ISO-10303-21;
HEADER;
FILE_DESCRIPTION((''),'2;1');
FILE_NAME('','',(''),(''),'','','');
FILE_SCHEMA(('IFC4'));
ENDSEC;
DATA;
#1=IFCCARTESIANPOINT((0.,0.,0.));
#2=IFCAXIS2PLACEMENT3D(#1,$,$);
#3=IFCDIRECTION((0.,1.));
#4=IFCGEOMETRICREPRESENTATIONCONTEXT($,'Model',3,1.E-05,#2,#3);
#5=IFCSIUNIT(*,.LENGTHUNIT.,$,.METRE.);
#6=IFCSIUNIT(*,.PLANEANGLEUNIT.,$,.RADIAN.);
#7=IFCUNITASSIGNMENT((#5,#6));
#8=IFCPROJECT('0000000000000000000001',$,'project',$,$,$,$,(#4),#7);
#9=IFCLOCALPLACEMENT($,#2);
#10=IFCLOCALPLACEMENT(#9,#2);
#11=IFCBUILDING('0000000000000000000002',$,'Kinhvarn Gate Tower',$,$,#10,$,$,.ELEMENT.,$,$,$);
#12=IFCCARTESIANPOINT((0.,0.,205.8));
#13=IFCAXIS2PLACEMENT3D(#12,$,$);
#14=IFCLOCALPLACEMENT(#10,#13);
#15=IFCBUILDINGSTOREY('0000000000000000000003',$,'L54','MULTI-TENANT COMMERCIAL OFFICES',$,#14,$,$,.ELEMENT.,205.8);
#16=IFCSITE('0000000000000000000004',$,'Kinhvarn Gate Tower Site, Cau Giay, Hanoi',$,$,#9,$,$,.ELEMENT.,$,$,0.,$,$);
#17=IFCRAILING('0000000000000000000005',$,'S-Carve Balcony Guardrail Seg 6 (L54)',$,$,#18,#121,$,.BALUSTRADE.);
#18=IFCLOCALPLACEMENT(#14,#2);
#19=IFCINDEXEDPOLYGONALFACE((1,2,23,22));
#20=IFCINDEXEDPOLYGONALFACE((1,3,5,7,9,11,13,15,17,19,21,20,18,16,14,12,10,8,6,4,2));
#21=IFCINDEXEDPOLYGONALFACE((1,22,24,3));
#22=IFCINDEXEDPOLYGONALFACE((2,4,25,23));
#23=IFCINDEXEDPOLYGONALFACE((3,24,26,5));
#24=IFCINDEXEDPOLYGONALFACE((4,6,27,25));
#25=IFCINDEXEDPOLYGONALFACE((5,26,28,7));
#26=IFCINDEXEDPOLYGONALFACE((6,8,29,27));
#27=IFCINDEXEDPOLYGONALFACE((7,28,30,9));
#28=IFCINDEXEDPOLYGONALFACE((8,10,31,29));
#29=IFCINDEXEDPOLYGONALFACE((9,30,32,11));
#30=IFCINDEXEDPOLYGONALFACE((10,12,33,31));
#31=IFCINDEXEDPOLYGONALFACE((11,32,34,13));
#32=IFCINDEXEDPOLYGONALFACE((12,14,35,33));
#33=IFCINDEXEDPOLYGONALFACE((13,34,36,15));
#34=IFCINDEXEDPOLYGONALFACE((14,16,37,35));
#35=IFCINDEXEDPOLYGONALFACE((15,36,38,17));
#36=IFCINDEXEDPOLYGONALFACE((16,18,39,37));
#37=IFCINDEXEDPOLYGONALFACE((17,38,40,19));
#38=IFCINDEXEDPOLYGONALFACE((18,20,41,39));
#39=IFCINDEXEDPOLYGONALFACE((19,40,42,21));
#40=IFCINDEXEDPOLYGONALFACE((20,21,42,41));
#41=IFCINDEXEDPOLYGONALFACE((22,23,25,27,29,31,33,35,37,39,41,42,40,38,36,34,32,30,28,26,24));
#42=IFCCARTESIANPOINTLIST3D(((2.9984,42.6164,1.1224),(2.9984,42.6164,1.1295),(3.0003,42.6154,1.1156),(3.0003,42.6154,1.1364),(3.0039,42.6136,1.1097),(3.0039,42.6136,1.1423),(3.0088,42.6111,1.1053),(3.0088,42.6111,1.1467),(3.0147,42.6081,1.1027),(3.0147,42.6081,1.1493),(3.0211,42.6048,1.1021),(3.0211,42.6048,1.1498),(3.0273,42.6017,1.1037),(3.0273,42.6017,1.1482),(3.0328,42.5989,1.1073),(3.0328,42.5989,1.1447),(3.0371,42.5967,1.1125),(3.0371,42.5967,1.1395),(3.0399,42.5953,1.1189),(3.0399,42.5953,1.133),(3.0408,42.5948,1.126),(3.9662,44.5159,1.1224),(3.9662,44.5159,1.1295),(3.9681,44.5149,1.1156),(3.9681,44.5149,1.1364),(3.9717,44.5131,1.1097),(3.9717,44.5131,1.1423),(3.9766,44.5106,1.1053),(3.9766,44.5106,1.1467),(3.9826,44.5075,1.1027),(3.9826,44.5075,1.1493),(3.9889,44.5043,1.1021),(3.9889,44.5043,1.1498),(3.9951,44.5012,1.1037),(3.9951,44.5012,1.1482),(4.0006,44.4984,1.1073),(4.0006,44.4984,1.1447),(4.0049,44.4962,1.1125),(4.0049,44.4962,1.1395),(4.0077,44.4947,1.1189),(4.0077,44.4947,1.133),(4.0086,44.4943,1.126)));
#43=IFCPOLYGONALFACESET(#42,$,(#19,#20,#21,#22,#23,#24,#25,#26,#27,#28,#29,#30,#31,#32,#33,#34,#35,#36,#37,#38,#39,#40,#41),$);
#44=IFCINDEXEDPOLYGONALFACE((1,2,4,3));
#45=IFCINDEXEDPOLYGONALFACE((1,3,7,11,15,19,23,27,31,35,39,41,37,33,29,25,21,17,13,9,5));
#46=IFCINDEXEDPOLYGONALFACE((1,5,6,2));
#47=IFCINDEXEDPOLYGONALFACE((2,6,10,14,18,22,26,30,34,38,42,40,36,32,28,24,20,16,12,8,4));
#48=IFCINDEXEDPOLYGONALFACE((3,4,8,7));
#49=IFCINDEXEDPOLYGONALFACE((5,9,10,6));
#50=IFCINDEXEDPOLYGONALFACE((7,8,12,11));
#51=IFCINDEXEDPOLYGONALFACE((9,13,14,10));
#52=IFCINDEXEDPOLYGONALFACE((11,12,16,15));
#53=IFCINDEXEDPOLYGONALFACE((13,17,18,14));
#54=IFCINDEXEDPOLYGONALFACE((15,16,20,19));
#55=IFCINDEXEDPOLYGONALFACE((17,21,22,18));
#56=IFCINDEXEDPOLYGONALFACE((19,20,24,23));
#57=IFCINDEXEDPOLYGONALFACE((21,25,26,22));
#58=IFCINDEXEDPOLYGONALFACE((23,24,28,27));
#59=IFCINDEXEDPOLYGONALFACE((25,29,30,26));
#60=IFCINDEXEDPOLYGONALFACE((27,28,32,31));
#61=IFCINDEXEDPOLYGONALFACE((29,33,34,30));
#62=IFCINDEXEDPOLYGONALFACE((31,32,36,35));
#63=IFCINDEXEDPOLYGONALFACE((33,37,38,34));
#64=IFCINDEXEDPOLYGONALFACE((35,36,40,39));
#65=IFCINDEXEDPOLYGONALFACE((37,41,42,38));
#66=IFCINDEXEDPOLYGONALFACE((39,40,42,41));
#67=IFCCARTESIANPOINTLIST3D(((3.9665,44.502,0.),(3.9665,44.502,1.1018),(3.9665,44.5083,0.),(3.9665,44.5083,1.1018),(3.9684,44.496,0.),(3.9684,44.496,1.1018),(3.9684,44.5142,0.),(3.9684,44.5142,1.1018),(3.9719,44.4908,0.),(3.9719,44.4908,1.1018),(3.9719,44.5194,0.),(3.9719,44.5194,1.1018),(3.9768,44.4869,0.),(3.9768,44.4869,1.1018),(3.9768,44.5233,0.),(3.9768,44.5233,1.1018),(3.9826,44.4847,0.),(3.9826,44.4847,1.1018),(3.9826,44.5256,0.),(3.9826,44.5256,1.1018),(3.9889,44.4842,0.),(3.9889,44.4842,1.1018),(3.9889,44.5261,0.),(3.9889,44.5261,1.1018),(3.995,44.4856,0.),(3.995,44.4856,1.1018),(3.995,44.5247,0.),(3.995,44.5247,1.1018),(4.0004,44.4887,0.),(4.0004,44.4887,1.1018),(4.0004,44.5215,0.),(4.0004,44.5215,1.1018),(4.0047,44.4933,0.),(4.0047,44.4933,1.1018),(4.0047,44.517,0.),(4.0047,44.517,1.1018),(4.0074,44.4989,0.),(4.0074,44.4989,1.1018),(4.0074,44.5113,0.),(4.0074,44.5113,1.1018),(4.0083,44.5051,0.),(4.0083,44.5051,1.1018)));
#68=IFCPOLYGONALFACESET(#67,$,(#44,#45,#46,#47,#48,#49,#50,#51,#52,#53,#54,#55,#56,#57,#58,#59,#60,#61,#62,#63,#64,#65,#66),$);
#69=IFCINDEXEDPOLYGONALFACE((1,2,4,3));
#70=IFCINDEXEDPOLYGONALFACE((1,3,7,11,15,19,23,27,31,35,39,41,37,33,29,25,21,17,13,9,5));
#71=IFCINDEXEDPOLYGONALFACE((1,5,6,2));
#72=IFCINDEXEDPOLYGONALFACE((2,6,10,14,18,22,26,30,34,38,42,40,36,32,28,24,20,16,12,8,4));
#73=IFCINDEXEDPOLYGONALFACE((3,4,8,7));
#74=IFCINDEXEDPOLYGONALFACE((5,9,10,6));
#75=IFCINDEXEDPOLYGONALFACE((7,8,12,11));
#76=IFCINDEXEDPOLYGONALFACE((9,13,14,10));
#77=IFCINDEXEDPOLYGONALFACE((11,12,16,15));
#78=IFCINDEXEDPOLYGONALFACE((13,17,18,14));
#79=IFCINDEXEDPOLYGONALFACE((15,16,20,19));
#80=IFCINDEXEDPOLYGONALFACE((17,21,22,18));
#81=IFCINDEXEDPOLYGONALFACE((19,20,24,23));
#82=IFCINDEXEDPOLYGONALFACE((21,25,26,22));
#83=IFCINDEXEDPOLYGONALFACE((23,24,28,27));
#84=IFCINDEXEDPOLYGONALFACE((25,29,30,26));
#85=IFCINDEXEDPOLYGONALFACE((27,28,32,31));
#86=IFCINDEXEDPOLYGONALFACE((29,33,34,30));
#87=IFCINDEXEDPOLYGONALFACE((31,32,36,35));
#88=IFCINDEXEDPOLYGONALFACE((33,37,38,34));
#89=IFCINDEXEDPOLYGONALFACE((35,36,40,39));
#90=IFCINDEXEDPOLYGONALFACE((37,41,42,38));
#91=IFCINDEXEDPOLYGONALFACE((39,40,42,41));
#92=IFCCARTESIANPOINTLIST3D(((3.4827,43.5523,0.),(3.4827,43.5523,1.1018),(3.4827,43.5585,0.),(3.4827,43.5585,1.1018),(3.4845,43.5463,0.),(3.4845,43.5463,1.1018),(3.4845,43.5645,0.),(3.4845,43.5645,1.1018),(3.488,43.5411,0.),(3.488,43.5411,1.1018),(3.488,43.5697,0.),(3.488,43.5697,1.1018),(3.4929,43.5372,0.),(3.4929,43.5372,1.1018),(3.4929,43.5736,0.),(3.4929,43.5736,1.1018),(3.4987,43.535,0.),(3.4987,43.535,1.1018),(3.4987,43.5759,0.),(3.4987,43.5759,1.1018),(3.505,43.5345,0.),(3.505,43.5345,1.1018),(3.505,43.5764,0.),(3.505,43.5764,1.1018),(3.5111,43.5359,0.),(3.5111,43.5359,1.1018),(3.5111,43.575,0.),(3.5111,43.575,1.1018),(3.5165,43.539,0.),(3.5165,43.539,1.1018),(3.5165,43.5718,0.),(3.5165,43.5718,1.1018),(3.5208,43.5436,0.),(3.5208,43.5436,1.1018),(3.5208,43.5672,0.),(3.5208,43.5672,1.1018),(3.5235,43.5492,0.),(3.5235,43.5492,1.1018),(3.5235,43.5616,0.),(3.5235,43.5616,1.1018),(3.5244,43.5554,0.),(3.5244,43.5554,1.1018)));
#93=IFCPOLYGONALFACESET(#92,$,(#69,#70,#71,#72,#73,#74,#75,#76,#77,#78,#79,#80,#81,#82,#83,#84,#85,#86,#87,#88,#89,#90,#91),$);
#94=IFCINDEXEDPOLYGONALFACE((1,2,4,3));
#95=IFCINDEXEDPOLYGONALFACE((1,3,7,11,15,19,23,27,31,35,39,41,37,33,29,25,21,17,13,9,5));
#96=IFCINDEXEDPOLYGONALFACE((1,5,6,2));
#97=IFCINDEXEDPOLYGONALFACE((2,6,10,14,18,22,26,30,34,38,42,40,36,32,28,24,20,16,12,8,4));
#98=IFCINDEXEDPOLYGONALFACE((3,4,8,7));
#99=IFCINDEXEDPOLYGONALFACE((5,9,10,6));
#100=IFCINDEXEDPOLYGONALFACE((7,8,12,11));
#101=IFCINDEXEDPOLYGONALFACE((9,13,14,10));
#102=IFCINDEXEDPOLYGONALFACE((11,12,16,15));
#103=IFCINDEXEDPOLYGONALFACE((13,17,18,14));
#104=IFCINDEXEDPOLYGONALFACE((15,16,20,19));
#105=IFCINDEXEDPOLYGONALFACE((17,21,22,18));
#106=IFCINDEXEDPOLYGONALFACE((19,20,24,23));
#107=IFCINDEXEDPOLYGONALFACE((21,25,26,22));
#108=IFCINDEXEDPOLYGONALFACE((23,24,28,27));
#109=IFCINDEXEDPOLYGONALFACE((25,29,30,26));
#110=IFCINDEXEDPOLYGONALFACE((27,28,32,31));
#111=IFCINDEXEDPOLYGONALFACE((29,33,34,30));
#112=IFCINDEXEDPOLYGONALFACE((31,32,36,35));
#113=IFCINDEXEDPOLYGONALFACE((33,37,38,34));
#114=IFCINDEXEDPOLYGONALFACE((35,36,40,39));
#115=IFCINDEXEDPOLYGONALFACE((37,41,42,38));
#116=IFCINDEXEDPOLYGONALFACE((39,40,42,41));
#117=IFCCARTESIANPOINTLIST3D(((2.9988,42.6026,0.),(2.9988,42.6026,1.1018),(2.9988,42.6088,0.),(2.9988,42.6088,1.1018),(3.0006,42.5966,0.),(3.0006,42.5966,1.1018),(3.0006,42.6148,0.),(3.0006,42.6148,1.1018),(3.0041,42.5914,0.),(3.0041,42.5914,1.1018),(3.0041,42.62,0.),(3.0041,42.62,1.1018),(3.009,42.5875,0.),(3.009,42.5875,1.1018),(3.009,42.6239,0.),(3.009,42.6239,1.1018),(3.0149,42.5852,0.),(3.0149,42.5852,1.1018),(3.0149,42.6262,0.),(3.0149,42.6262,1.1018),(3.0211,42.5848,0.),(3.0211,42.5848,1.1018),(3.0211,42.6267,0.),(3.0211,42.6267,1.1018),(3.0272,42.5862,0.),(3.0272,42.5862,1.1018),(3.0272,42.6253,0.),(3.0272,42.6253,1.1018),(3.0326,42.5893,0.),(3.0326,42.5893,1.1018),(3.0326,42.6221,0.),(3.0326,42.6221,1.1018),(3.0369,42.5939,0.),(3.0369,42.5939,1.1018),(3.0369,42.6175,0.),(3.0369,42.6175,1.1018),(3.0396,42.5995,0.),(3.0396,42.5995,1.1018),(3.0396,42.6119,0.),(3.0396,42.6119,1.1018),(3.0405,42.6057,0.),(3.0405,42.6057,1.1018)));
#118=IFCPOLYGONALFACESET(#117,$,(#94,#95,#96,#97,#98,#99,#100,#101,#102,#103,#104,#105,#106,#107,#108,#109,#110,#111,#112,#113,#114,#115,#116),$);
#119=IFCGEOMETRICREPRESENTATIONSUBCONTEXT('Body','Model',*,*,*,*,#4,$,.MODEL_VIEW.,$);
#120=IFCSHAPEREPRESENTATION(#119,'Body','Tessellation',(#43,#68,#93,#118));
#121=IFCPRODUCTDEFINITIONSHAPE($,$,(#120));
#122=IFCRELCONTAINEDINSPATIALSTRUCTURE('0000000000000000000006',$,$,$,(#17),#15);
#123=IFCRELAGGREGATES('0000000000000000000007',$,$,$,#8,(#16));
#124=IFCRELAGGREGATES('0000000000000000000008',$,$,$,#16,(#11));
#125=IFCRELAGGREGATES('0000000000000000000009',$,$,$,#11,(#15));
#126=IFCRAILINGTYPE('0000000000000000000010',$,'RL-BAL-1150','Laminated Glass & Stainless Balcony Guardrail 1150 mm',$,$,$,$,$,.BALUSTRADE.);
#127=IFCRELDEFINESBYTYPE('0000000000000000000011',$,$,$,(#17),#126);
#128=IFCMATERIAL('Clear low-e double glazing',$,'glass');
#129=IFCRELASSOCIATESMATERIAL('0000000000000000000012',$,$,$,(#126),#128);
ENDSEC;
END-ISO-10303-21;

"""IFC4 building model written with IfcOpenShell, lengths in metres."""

from ifc_helpers import new_model, si_unit, direction, frame, origin, origin_2d, place, context, subcontext, project, spatial, circle, extrude, material, type_object, element, save


model = new_model("IFC4")

# Units and contexts
model_context = context("Model", 3, precision=1e-05, world=origin(), true_north=direction((0.0, 1.0)))
body_context = subcontext(model_context, "Body", "Model", "MODEL_VIEW")
ifc_project = project(units=[si_unit("LENGTHUNIT", "METRE"), si_unit("PLANEANGLEUNIT", "RADIAN")], contexts=[model_context])

# Site, building, storey
site_placement = place(None, origin())
site = spatial("IfcSite", under=ifc_project, at=site_placement, Name="Kinhvarn Gate Tower Site, Cau Giay, Hanoi", CompositionType="ELEMENT", RefElevation=0.0)
building_placement = place(site_placement, origin())
building = spatial("IfcBuilding", under=site, at=building_placement, Name="Kinhvarn Gate Tower", CompositionType="ELEMENT")
storey_placement = place(building_placement, frame((0.0, 0.0, 205.8)))
storey = spatial("IfcBuildingStorey", under=building, at=storey_placement, Name="L54", Description="MULTI-TENANT COMMERCIAL OFFICES", CompositionType="ELEMENT", Elevation=205.8)

# Shared definitions
ifc_material_1 = material(Name="Clear low-e double glazing", Category="glass")

# Railing
railing_type = type_object("IfcRailingType", Name="RL-BAL-1150", Description="Laminated Glass & Stainless Balcony Guardrail 1150 mm", PredefinedType="BALUSTRADE", material=ifc_material_1)
railing_1_placement = place(storey_placement, frame((3.9873, 44.5051, 0.0)))
element("IfcRailing", 1, at=railing_1_placement, inside=storey, type_object=railing_type, Name="S-Carve Balcony Guardrail Seg 6 (L54)", PredefinedType="BALUSTRADE", context=body_context, shape_type="SweptSolid", body=[
    extrude(circle(Radius=0.0239, at=origin_2d()), frame((0.0, 0.0, 1.126), z_axis=(-0.453981, -0.891012, 0.0), x_axis=(0.891012, -0.453981, 0.0)), (0.0, 0.0, 1.0), 2.1318),
    extrude(circle(Radius=0.021, at=origin_2d()), origin(), (0.0, 0.0, 1.0), 1.1018),
    extrude(circle(Radius=0.021, at=origin_2d()), frame((-0.4839, -0.9497, 0.0)), (0.0, 0.0, 1.0), 1.1018),
    extrude(circle(Radius=0.021, at=origin_2d()), frame((-0.9678, -1.8994, 0.0)), (0.0, 0.0, 1.0), 1.1018),
])

save(model, "model.ifc")
